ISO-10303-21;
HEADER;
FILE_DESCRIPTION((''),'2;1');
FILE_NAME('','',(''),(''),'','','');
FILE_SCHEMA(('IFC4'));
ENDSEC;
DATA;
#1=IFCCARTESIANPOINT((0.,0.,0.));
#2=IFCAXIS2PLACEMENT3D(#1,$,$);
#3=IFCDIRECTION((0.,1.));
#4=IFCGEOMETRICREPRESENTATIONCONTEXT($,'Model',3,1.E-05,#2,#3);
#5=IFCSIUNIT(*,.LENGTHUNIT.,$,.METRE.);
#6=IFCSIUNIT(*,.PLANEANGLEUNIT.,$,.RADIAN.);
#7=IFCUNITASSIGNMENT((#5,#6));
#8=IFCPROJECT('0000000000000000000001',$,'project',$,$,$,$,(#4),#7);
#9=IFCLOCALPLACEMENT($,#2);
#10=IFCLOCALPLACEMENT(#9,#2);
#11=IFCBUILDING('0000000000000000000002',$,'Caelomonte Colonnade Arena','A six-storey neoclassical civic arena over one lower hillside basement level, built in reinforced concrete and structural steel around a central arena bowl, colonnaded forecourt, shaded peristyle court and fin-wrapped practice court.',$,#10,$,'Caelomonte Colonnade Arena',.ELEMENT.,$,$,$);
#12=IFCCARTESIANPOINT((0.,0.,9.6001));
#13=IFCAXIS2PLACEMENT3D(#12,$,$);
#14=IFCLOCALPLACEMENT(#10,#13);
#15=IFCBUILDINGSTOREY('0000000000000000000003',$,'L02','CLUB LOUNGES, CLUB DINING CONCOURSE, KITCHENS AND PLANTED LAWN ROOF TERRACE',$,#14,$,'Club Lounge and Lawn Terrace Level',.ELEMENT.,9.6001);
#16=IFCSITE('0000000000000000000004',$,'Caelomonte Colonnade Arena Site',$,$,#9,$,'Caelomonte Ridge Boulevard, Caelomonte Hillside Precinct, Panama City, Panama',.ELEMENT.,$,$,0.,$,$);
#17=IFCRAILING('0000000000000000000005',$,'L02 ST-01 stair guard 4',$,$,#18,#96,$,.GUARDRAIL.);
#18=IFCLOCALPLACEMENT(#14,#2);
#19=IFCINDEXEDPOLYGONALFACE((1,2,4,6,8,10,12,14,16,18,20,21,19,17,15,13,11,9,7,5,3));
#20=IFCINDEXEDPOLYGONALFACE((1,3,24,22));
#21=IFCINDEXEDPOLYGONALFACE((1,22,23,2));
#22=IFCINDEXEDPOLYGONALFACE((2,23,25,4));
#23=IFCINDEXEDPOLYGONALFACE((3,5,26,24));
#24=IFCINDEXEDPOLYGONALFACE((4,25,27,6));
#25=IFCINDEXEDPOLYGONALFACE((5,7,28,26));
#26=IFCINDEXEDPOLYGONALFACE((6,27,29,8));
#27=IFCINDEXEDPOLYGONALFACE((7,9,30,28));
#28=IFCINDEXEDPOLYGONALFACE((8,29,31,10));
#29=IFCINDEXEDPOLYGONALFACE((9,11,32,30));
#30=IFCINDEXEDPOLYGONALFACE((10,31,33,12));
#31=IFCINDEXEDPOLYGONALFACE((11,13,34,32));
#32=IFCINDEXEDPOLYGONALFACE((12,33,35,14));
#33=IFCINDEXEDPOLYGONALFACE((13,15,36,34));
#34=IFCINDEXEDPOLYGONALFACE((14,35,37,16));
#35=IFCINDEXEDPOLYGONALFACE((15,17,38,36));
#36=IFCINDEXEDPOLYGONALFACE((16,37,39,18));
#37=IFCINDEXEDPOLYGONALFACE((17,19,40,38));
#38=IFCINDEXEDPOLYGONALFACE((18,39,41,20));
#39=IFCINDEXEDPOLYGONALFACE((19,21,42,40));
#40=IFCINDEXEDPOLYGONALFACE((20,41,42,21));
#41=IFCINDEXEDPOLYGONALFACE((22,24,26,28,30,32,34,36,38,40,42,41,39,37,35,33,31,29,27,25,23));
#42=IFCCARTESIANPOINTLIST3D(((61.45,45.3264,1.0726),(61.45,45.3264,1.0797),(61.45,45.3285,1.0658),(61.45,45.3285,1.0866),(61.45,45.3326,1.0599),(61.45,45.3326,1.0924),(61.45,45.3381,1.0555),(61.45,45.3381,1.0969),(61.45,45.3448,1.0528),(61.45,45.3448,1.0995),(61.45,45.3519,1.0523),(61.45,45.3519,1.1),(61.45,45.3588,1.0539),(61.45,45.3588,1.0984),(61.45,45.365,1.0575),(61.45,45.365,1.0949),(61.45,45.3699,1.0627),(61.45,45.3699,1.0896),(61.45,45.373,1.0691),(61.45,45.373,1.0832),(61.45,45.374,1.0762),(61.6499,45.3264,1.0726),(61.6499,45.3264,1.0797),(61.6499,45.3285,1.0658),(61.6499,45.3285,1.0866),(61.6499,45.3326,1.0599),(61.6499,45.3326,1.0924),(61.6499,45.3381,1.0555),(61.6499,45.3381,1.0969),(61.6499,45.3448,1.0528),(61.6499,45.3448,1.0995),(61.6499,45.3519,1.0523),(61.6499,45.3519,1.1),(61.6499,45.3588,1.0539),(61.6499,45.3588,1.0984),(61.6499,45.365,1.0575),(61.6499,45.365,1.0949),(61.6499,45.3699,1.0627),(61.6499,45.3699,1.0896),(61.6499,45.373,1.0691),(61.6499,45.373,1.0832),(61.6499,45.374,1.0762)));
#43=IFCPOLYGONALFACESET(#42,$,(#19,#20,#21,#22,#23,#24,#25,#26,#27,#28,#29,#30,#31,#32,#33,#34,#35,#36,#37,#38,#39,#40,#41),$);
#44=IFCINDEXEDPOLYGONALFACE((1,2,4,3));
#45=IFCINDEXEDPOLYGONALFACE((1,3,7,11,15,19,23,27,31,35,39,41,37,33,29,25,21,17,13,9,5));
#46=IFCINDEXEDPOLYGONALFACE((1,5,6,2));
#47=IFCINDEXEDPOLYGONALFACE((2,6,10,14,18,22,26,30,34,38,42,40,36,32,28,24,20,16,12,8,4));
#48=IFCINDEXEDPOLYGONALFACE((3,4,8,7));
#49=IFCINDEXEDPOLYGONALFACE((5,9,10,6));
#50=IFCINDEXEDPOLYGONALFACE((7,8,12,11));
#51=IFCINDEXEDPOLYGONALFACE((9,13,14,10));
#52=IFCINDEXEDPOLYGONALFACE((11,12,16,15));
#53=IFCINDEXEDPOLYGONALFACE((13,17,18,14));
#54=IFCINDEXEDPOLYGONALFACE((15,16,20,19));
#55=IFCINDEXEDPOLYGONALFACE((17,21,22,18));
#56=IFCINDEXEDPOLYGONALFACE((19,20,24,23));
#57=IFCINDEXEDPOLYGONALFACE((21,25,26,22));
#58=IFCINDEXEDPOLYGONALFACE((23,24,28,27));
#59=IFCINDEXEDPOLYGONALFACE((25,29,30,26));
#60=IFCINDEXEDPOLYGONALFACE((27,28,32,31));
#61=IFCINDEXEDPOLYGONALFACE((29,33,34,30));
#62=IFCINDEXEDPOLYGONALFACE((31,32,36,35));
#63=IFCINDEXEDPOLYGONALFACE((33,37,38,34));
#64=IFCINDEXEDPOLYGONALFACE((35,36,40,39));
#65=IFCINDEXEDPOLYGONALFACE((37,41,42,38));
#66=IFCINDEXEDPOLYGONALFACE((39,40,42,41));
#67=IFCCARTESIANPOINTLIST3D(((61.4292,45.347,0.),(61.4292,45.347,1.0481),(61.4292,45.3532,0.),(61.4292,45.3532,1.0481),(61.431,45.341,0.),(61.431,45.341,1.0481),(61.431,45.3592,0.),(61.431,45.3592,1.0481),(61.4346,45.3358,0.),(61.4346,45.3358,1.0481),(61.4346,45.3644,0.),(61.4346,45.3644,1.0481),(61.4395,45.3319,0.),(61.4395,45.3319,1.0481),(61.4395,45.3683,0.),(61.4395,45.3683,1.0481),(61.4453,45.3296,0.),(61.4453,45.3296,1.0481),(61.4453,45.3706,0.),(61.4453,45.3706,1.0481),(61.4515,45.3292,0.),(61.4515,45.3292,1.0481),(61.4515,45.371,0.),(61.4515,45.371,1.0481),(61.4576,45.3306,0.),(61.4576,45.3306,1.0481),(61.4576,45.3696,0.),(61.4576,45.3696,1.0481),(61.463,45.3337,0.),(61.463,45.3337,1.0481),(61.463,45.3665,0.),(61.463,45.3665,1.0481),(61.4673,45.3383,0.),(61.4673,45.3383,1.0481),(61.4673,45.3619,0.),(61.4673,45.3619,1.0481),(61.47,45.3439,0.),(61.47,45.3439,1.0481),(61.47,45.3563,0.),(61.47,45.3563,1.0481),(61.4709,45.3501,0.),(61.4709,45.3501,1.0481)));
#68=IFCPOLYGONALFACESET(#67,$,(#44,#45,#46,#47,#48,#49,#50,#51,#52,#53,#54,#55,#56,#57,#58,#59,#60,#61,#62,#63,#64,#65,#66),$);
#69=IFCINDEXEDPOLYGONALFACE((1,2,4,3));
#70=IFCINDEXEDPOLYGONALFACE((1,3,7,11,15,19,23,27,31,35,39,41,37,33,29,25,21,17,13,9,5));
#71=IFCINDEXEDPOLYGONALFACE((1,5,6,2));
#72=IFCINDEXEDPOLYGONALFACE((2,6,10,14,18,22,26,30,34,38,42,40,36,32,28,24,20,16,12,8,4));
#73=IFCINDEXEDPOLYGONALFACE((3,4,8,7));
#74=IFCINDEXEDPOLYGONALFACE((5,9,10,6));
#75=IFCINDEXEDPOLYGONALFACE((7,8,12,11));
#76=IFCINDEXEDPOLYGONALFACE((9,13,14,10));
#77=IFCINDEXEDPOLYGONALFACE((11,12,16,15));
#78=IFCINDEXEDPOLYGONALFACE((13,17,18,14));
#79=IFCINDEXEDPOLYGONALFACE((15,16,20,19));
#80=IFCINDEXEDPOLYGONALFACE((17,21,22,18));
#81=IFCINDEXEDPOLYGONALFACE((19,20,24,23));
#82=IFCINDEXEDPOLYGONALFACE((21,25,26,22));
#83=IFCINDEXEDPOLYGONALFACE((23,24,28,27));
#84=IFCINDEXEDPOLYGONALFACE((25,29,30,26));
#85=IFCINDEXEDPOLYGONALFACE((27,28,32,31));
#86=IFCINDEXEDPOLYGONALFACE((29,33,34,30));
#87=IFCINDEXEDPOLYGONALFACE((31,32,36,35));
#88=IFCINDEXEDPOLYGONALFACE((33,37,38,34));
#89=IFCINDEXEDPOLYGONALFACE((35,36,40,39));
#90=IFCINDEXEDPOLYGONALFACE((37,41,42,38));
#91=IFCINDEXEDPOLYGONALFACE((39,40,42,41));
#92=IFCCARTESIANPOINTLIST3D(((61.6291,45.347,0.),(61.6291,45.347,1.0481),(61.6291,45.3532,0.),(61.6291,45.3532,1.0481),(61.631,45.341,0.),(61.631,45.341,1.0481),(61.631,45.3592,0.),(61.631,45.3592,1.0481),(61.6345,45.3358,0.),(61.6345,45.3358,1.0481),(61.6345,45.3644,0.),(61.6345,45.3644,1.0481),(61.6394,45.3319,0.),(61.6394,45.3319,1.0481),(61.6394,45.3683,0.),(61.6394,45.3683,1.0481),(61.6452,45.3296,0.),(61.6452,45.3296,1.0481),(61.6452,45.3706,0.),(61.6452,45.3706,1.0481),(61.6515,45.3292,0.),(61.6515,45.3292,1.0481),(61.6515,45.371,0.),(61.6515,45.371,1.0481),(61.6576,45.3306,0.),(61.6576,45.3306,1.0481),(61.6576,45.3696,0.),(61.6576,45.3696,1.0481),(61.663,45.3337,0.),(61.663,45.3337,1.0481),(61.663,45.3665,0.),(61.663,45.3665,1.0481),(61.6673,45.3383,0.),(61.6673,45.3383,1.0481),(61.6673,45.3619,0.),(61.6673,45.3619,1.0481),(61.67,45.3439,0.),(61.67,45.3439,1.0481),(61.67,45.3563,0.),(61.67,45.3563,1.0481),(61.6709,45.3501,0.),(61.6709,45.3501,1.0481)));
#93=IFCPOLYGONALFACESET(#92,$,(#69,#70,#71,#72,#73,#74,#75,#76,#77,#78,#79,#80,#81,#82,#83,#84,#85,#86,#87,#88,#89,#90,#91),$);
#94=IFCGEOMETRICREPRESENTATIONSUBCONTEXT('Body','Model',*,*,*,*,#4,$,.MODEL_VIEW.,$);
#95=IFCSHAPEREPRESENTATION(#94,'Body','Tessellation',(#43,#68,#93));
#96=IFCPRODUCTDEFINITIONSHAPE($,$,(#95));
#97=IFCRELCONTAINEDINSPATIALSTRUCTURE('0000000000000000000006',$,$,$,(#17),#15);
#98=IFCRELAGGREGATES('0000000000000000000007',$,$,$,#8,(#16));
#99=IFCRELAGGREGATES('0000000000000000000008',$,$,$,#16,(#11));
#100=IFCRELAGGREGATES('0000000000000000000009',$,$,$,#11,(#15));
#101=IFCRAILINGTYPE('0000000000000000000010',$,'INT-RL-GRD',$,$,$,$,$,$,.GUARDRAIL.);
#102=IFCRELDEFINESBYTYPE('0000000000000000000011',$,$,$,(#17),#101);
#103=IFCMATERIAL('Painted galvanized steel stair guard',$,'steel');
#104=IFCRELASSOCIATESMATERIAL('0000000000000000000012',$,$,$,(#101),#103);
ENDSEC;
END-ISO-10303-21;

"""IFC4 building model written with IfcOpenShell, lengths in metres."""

from ifc_helpers import new_model, si_unit, direction, frame, origin, origin_2d, place, context, subcontext, project, spatial, circle, extrude, material, type_object, element, save


model = new_model("IFC4")

# Units and contexts
model_context = context("Model", 3, precision=1e-05, world=origin(), true_north=direction((0.0, 1.0)))
body_context = subcontext(model_context, "Body", "Model", "MODEL_VIEW")
ifc_project = project(units=[si_unit("LENGTHUNIT", "METRE"), si_unit("PLANEANGLEUNIT", "RADIAN")], contexts=[model_context])

# Site, building, storey
site_placement = place(None, origin())
site = spatial("IfcSite", under=ifc_project, at=site_placement, Name="Caelomonte Colonnade Arena Site", LongName="Caelomonte Ridge Boulevard, Caelomonte Hillside Precinct, Panama City, Panama", CompositionType="ELEMENT", RefElevation=0.0)
building_placement = place(site_placement, origin())
building = spatial("IfcBuilding", under=site, at=building_placement, Name="Caelomonte Colonnade Arena", Description="A six-storey neoclassical civic arena over one lower hillside basement level, built in reinforced concrete and structural steel around a central arena bowl, colonnaded forecourt, shaded peristyle court and fin-wrapped practice court.", LongName="Caelomonte Colonnade Arena", CompositionType="ELEMENT")
storey_placement = place(building_placement, frame((0.0, 0.0, 9.6001)))
storey = spatial("IfcBuildingStorey", under=building, at=storey_placement, Name="L02", Description="CLUB LOUNGES, CLUB DINING CONCOURSE, KITCHENS AND PLANTED LAWN ROOF TERRACE", LongName="Club Lounge and Lawn Terrace Level", CompositionType="ELEMENT", Elevation=9.6001)

# Railing
ifc_material_1 = material(Name="Painted galvanized steel stair guard", Category="steel")
railing_type_1 = type_object("IfcRailingType", Name="INT-RL-GRD", PredefinedType="GUARDRAIL", material=ifc_material_1)
railing_1_placement = place(storey_placement, frame((61.45, 45.3501, 0.0)))
element("IfcRailing", 1, at=railing_1_placement, inside=storey, type_object=railing_type_1, Name="L02 ST-01 stair guard 4", PredefinedType="GUARDRAIL", context=body_context, shape_type="SweptSolid", body=[
    extrude(circle(Radius=0.0239, at=origin_2d()), frame((0.0, 0.0, 1.0762), z_axis=(1.0, 0.0, 0.0), x_axis=(0.0, 1.0, 0.0)), (0.0, 0.0, 1.0), 0.2),
    extrude(circle(Radius=0.021, at=origin_2d()), origin(), (0.0, 0.0, 1.0), 1.0481),
    extrude(circle(Radius=0.021, at=origin_2d()), frame((0.2, 0.0, 0.0)), (0.0, 0.0, 1.0), 1.0481),
])

save(model, "model.ifc")
